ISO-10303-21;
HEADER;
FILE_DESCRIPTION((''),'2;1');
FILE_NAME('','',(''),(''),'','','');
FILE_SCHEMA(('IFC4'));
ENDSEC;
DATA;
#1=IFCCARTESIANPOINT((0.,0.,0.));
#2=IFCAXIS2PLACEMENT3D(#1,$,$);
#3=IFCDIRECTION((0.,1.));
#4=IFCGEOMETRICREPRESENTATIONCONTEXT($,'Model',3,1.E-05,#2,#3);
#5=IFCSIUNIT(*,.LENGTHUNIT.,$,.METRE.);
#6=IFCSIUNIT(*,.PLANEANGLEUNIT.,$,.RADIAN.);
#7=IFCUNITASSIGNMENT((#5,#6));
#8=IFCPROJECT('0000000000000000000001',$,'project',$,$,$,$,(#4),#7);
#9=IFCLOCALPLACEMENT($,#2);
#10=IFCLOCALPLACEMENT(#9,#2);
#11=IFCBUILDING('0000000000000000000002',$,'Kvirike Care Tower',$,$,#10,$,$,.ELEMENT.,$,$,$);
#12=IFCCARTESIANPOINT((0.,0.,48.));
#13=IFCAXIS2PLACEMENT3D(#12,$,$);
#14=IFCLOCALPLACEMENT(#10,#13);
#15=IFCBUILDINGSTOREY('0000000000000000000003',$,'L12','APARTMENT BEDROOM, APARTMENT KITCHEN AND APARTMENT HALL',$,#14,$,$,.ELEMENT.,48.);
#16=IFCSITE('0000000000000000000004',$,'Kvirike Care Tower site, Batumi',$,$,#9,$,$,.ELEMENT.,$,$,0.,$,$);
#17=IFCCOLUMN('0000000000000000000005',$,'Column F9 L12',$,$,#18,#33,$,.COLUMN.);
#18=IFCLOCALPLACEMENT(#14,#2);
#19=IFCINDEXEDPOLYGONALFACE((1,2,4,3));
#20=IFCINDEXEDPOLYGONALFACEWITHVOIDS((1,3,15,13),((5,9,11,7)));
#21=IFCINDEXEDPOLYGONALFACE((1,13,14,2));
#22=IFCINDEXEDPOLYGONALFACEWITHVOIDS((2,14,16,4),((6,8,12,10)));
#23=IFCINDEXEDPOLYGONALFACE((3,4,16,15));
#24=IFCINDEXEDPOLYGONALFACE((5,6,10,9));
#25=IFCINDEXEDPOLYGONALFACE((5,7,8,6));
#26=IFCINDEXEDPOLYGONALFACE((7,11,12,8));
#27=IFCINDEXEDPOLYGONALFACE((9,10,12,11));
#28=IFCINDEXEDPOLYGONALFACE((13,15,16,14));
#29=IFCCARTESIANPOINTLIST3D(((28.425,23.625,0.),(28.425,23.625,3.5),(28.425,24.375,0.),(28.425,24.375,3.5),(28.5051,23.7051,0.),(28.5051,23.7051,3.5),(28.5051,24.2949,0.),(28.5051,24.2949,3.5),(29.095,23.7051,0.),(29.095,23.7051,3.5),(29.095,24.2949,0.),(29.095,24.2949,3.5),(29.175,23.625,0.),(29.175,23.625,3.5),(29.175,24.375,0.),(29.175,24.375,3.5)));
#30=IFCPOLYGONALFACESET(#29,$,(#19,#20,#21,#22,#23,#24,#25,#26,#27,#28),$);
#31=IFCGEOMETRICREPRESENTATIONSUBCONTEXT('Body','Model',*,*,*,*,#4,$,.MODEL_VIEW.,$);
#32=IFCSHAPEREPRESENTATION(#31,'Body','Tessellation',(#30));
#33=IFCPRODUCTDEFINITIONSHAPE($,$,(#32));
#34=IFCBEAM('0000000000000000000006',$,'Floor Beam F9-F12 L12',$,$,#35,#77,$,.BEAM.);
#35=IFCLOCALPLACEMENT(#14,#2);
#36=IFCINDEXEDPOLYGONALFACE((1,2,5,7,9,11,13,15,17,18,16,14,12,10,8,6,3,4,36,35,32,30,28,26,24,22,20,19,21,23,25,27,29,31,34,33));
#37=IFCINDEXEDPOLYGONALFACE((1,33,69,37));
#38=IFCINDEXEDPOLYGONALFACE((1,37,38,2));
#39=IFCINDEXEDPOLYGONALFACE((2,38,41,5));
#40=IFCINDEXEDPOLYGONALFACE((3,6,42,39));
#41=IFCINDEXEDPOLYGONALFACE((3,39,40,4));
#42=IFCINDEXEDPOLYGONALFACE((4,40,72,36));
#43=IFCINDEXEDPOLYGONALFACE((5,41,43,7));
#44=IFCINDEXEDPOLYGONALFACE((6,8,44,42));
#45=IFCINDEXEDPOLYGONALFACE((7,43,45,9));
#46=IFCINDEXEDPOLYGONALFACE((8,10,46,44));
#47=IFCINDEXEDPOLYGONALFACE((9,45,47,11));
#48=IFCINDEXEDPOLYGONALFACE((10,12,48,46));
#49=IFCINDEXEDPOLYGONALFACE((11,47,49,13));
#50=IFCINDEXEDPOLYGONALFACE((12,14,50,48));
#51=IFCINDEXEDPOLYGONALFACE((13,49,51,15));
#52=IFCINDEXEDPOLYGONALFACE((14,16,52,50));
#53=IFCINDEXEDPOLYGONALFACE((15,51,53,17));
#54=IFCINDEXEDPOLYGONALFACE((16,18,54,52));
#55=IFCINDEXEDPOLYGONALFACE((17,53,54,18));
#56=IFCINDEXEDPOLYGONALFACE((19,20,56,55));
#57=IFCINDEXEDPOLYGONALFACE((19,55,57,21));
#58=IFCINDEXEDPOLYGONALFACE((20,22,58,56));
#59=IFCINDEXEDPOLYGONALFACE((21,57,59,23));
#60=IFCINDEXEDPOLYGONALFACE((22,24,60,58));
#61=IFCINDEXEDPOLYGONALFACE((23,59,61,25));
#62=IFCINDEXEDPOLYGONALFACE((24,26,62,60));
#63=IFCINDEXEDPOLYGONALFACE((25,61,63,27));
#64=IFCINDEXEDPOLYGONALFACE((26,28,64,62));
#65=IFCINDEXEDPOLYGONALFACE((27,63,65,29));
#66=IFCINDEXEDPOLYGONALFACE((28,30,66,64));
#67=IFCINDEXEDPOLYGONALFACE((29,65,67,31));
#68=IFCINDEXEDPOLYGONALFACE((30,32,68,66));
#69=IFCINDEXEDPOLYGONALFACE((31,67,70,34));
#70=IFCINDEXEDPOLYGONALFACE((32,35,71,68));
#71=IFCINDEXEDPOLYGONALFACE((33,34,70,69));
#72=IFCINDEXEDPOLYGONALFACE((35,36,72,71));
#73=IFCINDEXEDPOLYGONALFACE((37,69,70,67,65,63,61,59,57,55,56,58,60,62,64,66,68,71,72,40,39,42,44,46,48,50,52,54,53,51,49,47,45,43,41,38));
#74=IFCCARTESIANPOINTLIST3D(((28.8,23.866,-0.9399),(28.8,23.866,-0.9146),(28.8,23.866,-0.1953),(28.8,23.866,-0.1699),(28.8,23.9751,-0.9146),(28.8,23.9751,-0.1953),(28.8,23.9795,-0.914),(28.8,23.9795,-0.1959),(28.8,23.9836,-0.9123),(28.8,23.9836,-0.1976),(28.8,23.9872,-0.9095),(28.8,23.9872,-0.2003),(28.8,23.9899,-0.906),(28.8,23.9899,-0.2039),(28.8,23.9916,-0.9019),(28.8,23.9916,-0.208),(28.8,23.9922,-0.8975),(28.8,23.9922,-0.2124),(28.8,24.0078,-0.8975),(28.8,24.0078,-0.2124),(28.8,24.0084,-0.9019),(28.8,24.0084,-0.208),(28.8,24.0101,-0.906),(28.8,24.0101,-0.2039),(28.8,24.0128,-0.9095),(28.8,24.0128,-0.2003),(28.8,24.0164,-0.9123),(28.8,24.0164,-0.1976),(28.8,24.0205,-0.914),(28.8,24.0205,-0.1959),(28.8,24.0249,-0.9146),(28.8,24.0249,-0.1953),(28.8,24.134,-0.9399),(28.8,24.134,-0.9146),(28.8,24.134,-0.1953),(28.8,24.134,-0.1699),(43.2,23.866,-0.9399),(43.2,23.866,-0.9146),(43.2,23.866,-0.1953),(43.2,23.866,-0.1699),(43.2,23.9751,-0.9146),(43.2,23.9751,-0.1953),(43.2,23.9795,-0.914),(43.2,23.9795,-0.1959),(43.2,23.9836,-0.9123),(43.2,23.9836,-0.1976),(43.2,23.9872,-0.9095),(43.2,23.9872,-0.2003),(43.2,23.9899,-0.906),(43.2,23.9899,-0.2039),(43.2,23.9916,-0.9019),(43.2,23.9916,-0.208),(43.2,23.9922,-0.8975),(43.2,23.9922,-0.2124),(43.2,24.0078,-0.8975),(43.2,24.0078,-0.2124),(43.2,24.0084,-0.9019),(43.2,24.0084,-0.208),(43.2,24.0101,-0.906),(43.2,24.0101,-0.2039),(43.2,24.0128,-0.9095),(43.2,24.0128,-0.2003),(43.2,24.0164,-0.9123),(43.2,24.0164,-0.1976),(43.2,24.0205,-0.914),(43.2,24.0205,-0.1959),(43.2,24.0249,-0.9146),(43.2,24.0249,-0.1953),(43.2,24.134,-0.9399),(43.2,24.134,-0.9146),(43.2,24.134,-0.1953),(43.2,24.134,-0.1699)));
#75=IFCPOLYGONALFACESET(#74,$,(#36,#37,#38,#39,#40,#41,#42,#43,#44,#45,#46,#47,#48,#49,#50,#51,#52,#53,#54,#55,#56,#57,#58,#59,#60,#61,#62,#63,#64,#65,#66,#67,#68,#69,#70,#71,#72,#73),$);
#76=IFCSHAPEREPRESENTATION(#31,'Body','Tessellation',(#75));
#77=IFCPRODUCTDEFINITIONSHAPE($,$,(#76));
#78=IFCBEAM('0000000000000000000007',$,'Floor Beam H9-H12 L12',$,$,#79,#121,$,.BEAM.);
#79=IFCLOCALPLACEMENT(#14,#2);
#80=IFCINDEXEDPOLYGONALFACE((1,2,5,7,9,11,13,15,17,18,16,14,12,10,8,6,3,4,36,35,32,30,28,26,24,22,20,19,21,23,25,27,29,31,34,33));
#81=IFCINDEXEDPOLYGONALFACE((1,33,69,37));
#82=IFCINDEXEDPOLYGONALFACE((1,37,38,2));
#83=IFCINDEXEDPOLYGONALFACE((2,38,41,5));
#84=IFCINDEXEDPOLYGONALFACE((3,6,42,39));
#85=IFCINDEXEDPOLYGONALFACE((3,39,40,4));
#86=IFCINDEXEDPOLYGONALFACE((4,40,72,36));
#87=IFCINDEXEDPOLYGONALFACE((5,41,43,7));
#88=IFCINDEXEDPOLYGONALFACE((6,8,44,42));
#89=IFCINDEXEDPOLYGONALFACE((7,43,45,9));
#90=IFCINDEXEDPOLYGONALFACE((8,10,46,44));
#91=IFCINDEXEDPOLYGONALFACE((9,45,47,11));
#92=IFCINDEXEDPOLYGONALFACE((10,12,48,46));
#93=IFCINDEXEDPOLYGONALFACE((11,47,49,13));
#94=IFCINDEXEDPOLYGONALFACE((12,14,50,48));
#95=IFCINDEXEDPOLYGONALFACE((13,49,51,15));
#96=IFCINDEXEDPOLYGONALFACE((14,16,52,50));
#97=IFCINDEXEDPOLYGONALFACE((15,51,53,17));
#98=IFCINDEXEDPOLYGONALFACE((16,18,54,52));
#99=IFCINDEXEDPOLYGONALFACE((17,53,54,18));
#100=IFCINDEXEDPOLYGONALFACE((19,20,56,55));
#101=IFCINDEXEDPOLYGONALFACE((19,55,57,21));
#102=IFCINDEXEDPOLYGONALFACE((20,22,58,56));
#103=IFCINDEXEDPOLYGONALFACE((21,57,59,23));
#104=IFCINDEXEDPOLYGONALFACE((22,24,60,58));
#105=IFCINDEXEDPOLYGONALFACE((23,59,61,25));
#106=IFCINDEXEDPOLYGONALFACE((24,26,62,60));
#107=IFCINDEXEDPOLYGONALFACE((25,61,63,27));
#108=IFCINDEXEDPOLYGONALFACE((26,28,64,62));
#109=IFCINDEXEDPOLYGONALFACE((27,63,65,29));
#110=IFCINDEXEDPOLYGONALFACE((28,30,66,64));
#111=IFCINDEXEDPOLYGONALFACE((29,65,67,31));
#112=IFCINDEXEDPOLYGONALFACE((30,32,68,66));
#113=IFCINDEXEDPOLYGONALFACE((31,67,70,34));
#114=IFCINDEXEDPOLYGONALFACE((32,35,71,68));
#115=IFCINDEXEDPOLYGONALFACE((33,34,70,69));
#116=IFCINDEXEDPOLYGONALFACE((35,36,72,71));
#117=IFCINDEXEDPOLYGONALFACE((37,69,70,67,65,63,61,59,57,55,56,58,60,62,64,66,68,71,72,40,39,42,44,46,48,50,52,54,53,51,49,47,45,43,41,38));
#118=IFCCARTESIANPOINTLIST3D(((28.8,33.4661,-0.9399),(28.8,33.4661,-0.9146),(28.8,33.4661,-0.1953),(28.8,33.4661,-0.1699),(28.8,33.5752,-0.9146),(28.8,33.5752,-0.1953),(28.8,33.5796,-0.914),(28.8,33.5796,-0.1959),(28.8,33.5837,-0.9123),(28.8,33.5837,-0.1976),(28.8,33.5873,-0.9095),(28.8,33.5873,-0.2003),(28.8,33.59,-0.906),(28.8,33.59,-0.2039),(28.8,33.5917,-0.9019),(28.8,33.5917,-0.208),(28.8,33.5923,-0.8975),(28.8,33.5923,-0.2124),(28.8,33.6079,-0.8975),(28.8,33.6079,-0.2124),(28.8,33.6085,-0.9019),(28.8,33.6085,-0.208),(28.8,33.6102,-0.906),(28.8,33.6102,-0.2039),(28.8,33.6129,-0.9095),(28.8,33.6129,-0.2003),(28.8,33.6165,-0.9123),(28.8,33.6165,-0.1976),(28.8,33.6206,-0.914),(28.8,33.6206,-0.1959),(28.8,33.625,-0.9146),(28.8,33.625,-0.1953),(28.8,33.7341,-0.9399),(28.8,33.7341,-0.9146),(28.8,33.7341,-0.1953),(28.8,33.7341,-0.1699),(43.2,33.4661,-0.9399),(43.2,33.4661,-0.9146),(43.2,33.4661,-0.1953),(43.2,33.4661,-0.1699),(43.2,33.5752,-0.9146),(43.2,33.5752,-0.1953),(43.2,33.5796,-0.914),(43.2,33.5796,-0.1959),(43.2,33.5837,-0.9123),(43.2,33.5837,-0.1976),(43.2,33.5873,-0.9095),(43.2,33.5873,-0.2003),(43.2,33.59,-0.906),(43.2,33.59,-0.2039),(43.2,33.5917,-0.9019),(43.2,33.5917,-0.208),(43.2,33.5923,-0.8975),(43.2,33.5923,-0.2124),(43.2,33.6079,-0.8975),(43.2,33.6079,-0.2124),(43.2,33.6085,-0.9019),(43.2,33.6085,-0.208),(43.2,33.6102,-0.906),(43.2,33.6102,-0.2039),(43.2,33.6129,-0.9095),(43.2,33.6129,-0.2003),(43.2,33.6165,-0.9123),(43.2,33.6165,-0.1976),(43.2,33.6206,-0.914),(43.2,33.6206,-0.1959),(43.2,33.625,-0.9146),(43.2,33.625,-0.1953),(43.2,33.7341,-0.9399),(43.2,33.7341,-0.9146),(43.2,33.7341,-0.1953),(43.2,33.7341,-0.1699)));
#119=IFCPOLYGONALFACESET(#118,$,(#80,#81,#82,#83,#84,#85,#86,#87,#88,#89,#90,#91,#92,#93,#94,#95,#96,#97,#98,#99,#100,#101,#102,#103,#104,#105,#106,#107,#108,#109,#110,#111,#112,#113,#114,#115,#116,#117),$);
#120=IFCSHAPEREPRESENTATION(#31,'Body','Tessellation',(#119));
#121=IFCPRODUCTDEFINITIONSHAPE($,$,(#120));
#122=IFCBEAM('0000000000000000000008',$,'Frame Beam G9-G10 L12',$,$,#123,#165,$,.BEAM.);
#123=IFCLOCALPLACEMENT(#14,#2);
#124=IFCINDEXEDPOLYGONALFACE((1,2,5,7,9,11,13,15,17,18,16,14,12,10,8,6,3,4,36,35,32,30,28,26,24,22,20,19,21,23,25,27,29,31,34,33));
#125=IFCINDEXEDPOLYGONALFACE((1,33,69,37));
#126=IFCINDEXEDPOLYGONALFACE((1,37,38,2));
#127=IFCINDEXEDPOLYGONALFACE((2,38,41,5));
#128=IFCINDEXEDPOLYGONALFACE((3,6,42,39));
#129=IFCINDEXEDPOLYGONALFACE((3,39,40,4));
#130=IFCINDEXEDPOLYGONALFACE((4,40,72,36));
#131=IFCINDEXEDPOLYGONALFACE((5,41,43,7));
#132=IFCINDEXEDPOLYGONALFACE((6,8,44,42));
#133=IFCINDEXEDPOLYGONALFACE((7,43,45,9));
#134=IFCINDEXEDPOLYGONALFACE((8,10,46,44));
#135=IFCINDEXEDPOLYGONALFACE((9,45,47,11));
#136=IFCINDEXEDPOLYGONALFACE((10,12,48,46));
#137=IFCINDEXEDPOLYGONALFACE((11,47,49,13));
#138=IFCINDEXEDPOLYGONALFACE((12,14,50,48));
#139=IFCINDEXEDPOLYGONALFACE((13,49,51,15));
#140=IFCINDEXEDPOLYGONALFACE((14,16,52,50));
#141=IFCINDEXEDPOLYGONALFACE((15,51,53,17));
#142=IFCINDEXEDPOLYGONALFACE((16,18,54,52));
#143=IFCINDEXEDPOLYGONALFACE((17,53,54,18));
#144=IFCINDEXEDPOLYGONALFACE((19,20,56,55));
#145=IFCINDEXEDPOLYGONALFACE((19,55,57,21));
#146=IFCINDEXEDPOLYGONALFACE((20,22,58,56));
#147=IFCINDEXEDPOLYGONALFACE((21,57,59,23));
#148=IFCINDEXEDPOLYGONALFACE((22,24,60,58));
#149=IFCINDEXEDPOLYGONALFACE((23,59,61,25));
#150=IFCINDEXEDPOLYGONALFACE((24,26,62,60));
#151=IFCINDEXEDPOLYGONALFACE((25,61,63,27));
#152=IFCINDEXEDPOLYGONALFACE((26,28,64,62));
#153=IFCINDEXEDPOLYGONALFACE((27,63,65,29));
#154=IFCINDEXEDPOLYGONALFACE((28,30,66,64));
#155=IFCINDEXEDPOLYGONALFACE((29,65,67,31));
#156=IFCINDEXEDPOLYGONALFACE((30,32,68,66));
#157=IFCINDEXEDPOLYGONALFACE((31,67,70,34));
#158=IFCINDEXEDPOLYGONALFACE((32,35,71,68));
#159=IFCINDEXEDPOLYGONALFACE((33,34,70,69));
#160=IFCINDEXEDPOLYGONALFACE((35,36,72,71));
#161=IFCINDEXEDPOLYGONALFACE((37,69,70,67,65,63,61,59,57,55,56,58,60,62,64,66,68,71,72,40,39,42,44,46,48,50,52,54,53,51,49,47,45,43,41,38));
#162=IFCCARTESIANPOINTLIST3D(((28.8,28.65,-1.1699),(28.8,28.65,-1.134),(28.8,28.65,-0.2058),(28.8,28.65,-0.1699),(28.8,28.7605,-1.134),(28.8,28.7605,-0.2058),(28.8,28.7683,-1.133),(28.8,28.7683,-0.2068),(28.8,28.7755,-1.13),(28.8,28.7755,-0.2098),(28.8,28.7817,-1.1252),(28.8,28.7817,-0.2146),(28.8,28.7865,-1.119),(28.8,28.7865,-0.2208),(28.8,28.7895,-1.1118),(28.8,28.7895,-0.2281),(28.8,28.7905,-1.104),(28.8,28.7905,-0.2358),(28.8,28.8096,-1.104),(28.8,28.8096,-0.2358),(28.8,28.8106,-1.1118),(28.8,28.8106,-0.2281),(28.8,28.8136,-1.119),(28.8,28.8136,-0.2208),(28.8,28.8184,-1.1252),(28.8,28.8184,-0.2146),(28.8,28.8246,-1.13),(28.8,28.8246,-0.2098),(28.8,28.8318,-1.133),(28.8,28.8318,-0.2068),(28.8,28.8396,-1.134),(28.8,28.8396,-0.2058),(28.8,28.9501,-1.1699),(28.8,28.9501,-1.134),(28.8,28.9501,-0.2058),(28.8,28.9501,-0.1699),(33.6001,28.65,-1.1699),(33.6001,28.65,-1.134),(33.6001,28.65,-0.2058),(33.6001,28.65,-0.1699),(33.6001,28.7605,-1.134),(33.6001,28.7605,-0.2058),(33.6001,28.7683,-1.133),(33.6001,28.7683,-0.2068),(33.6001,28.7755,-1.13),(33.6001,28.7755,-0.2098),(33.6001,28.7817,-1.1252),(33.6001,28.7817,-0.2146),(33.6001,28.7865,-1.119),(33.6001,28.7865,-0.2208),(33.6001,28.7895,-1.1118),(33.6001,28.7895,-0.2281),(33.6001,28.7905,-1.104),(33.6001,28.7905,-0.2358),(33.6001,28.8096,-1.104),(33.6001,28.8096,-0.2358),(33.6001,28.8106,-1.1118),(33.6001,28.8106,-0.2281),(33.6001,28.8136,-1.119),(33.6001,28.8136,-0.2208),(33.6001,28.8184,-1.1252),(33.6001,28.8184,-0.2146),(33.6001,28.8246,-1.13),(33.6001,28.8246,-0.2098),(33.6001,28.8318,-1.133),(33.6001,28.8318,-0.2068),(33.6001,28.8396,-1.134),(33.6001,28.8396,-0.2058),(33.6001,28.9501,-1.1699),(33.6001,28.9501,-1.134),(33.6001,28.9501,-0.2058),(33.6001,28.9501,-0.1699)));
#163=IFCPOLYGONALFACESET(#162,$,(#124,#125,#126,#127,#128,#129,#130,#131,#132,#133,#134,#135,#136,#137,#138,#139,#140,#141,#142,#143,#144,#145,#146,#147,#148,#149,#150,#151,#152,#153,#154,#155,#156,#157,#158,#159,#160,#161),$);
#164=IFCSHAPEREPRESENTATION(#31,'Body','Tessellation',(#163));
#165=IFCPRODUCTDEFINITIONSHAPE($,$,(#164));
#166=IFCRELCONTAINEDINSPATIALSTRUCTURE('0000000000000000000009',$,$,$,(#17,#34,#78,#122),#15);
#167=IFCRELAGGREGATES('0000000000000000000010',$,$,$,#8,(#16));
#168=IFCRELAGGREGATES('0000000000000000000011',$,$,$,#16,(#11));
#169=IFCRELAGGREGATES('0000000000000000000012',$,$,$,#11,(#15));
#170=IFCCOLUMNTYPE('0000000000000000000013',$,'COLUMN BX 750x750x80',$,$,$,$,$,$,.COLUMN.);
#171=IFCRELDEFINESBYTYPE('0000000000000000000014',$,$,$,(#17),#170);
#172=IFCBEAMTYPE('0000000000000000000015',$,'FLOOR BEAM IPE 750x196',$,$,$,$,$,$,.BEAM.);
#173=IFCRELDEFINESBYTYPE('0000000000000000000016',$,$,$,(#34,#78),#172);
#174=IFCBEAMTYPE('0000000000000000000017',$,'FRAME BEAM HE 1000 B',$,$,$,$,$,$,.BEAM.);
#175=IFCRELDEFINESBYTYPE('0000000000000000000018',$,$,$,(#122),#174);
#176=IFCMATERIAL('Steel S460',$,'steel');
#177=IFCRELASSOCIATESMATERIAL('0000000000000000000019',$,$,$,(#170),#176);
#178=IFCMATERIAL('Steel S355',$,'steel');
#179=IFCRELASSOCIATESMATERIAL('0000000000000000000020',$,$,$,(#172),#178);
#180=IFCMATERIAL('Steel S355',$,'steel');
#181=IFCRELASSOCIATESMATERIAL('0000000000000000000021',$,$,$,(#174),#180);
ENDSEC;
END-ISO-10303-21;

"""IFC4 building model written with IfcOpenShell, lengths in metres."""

from ifc_helpers import new_model, si_unit, direction, frame, origin, origin_2d, place, context, subcontext, project, spatial, hollow_rectangle, i_section, extrude, material, material_profile, profile_set, type_object, element, save


model = new_model("IFC4")

# Units and contexts
model_context = context("Model", 3, precision=1e-05, world=origin(), true_north=direction((0.0, 1.0)))
body_context = subcontext(model_context, "Body", "Model", "MODEL_VIEW")
ifc_project = project(units=[si_unit("LENGTHUNIT", "METRE"), si_unit("PLANEANGLEUNIT", "RADIAN")], contexts=[model_context])

# Site, building, storey
site_placement = place(None, origin())
site = spatial("IfcSite", under=ifc_project, at=site_placement, Name="Kvirike Care Tower site, Batumi", CompositionType="ELEMENT", RefElevation=0.0)
building_placement = place(site_placement, origin())
building = spatial("IfcBuilding", under=site, at=building_placement, Name="Kvirike Care Tower", CompositionType="ELEMENT")
storey_placement = place(building_placement, frame((0.0, 0.0, 48.0)))
storey = spatial("IfcBuildingStorey", under=building, at=storey_placement, Name="L12", Description="APARTMENT BEDROOM, APARTMENT KITCHEN AND APARTMENT HALL", CompositionType="ELEMENT", Elevation=48.0)

# Column
ifc_material_1 = material(Name="Steel S460", Category="steel")
ifc_material_profile_1 = material_profile(ifc_material_1, hollow_rectangle(XDim=0.75, YDim=0.75, WallThickness=0.0801, at=origin_2d()), Name="BX 750x750x80")
ifc_profile_set_1 = profile_set([ifc_material_profile_1], Name="Steel S460")
column_type = type_object("IfcColumnType", Name="COLUMN BX 750x750x80", PredefinedType="COLUMN", material=ifc_profile_set_1)
column_placement = place(storey_placement, frame((28.8, 24.0, 0.0), z_axis=(0.0, 0.0, 1.0), x_axis=(1.0, 0.0, 0.0)))
element("IfcColumn", 1, at=column_placement, inside=storey, type_object=column_type, Name="Column F9 L12", PredefinedType="COLUMN", context=body_context, shape_type="SweptSolid", body=[
    extrude(hollow_rectangle(XDim=0.75, YDim=0.75, WallThickness=0.0801, at=origin_2d()), origin(), (0.0, 0.0, 1.0), 3.5),
])

# Beams
ifc_material_2 = material(Name="Steel S355", Category="steel")
ifc_material_profile_2 = material_profile(ifc_material_2, i_section(OverallWidth=0.2681, OverallDepth=0.77, WebThickness=0.0156, FlangeThickness=0.0254, FilletRadius=0.0171, at=origin_2d()), Name="IPE 750x196")
ifc_profile_set_2 = profile_set([ifc_material_profile_2], Name="Steel S355")
beam_type_1 = type_object("IfcBeamType", Name="FLOOR BEAM IPE 750x196", PredefinedType="BEAM", material=ifc_profile_set_2)
for number, where, z_axis, x_axis, name in (
    (2, (28.8, 24.0, -0.5549), (1.0, 0.0, 0.0), (0.0, 1.0, 0.0), "Floor Beam F9-F12 L12"),
    (3, (28.8, 33.6001, -0.5549), (1.0, 0.0, 0.0), (0.0, 1.0, 0.0), "Floor Beam H9-H12 L12"),
):
    element("IfcBeam", number, at=place(storey_placement, frame(where, z_axis=z_axis, x_axis=x_axis)), inside=storey, type_object=beam_type_1, Name=name, PredefinedType="BEAM", context=body_context, shape_type="SweptSolid", body=[
        extrude(i_section(OverallWidth=0.2681, OverallDepth=0.77, WebThickness=0.0156, FlangeThickness=0.0254, FilletRadius=0.0171, at=origin_2d()), origin(), (0.0, 0.0, 1.0), 14.3999),
    ])
ifc_material_3 = material(Name="Steel S355", Category="steel")
ifc_material_profile_3 = material_profile(ifc_material_3, i_section(OverallWidth=0.3, OverallDepth=1.0, WebThickness=0.019, FlangeThickness=0.0359, FilletRadius=0.03, at=origin_2d()), Name="HE 1000 B")
ifc_profile_set_3 = profile_set([ifc_material_profile_3], Name="Steel S355")
beam_type_2 = type_object("IfcBeamType", Name="FRAME BEAM HE 1000 B", PredefinedType="BEAM", material=ifc_profile_set_3)
for number, where, z_axis, x_axis, name in (
    (4, (28.8, 28.8, -0.6699), (1.0, 0.0, 0.0), (0.0, 1.0, 0.0), "Frame Beam G9-G10 L12"),
):
    element("IfcBeam", number, at=place(storey_placement, frame(where, z_axis=z_axis, x_axis=x_axis)), inside=storey, type_object=beam_type_2, Name=name, PredefinedType="BEAM", context=body_context, shape_type="SweptSolid", body=[
        extrude(i_section(OverallWidth=0.3, OverallDepth=1.0, WebThickness=0.019, FlangeThickness=0.0359, FilletRadius=0.03, at=origin_2d()), origin(), (0.0, 0.0, 1.0), 4.8),
    ])

save(model, "model.ifc")
